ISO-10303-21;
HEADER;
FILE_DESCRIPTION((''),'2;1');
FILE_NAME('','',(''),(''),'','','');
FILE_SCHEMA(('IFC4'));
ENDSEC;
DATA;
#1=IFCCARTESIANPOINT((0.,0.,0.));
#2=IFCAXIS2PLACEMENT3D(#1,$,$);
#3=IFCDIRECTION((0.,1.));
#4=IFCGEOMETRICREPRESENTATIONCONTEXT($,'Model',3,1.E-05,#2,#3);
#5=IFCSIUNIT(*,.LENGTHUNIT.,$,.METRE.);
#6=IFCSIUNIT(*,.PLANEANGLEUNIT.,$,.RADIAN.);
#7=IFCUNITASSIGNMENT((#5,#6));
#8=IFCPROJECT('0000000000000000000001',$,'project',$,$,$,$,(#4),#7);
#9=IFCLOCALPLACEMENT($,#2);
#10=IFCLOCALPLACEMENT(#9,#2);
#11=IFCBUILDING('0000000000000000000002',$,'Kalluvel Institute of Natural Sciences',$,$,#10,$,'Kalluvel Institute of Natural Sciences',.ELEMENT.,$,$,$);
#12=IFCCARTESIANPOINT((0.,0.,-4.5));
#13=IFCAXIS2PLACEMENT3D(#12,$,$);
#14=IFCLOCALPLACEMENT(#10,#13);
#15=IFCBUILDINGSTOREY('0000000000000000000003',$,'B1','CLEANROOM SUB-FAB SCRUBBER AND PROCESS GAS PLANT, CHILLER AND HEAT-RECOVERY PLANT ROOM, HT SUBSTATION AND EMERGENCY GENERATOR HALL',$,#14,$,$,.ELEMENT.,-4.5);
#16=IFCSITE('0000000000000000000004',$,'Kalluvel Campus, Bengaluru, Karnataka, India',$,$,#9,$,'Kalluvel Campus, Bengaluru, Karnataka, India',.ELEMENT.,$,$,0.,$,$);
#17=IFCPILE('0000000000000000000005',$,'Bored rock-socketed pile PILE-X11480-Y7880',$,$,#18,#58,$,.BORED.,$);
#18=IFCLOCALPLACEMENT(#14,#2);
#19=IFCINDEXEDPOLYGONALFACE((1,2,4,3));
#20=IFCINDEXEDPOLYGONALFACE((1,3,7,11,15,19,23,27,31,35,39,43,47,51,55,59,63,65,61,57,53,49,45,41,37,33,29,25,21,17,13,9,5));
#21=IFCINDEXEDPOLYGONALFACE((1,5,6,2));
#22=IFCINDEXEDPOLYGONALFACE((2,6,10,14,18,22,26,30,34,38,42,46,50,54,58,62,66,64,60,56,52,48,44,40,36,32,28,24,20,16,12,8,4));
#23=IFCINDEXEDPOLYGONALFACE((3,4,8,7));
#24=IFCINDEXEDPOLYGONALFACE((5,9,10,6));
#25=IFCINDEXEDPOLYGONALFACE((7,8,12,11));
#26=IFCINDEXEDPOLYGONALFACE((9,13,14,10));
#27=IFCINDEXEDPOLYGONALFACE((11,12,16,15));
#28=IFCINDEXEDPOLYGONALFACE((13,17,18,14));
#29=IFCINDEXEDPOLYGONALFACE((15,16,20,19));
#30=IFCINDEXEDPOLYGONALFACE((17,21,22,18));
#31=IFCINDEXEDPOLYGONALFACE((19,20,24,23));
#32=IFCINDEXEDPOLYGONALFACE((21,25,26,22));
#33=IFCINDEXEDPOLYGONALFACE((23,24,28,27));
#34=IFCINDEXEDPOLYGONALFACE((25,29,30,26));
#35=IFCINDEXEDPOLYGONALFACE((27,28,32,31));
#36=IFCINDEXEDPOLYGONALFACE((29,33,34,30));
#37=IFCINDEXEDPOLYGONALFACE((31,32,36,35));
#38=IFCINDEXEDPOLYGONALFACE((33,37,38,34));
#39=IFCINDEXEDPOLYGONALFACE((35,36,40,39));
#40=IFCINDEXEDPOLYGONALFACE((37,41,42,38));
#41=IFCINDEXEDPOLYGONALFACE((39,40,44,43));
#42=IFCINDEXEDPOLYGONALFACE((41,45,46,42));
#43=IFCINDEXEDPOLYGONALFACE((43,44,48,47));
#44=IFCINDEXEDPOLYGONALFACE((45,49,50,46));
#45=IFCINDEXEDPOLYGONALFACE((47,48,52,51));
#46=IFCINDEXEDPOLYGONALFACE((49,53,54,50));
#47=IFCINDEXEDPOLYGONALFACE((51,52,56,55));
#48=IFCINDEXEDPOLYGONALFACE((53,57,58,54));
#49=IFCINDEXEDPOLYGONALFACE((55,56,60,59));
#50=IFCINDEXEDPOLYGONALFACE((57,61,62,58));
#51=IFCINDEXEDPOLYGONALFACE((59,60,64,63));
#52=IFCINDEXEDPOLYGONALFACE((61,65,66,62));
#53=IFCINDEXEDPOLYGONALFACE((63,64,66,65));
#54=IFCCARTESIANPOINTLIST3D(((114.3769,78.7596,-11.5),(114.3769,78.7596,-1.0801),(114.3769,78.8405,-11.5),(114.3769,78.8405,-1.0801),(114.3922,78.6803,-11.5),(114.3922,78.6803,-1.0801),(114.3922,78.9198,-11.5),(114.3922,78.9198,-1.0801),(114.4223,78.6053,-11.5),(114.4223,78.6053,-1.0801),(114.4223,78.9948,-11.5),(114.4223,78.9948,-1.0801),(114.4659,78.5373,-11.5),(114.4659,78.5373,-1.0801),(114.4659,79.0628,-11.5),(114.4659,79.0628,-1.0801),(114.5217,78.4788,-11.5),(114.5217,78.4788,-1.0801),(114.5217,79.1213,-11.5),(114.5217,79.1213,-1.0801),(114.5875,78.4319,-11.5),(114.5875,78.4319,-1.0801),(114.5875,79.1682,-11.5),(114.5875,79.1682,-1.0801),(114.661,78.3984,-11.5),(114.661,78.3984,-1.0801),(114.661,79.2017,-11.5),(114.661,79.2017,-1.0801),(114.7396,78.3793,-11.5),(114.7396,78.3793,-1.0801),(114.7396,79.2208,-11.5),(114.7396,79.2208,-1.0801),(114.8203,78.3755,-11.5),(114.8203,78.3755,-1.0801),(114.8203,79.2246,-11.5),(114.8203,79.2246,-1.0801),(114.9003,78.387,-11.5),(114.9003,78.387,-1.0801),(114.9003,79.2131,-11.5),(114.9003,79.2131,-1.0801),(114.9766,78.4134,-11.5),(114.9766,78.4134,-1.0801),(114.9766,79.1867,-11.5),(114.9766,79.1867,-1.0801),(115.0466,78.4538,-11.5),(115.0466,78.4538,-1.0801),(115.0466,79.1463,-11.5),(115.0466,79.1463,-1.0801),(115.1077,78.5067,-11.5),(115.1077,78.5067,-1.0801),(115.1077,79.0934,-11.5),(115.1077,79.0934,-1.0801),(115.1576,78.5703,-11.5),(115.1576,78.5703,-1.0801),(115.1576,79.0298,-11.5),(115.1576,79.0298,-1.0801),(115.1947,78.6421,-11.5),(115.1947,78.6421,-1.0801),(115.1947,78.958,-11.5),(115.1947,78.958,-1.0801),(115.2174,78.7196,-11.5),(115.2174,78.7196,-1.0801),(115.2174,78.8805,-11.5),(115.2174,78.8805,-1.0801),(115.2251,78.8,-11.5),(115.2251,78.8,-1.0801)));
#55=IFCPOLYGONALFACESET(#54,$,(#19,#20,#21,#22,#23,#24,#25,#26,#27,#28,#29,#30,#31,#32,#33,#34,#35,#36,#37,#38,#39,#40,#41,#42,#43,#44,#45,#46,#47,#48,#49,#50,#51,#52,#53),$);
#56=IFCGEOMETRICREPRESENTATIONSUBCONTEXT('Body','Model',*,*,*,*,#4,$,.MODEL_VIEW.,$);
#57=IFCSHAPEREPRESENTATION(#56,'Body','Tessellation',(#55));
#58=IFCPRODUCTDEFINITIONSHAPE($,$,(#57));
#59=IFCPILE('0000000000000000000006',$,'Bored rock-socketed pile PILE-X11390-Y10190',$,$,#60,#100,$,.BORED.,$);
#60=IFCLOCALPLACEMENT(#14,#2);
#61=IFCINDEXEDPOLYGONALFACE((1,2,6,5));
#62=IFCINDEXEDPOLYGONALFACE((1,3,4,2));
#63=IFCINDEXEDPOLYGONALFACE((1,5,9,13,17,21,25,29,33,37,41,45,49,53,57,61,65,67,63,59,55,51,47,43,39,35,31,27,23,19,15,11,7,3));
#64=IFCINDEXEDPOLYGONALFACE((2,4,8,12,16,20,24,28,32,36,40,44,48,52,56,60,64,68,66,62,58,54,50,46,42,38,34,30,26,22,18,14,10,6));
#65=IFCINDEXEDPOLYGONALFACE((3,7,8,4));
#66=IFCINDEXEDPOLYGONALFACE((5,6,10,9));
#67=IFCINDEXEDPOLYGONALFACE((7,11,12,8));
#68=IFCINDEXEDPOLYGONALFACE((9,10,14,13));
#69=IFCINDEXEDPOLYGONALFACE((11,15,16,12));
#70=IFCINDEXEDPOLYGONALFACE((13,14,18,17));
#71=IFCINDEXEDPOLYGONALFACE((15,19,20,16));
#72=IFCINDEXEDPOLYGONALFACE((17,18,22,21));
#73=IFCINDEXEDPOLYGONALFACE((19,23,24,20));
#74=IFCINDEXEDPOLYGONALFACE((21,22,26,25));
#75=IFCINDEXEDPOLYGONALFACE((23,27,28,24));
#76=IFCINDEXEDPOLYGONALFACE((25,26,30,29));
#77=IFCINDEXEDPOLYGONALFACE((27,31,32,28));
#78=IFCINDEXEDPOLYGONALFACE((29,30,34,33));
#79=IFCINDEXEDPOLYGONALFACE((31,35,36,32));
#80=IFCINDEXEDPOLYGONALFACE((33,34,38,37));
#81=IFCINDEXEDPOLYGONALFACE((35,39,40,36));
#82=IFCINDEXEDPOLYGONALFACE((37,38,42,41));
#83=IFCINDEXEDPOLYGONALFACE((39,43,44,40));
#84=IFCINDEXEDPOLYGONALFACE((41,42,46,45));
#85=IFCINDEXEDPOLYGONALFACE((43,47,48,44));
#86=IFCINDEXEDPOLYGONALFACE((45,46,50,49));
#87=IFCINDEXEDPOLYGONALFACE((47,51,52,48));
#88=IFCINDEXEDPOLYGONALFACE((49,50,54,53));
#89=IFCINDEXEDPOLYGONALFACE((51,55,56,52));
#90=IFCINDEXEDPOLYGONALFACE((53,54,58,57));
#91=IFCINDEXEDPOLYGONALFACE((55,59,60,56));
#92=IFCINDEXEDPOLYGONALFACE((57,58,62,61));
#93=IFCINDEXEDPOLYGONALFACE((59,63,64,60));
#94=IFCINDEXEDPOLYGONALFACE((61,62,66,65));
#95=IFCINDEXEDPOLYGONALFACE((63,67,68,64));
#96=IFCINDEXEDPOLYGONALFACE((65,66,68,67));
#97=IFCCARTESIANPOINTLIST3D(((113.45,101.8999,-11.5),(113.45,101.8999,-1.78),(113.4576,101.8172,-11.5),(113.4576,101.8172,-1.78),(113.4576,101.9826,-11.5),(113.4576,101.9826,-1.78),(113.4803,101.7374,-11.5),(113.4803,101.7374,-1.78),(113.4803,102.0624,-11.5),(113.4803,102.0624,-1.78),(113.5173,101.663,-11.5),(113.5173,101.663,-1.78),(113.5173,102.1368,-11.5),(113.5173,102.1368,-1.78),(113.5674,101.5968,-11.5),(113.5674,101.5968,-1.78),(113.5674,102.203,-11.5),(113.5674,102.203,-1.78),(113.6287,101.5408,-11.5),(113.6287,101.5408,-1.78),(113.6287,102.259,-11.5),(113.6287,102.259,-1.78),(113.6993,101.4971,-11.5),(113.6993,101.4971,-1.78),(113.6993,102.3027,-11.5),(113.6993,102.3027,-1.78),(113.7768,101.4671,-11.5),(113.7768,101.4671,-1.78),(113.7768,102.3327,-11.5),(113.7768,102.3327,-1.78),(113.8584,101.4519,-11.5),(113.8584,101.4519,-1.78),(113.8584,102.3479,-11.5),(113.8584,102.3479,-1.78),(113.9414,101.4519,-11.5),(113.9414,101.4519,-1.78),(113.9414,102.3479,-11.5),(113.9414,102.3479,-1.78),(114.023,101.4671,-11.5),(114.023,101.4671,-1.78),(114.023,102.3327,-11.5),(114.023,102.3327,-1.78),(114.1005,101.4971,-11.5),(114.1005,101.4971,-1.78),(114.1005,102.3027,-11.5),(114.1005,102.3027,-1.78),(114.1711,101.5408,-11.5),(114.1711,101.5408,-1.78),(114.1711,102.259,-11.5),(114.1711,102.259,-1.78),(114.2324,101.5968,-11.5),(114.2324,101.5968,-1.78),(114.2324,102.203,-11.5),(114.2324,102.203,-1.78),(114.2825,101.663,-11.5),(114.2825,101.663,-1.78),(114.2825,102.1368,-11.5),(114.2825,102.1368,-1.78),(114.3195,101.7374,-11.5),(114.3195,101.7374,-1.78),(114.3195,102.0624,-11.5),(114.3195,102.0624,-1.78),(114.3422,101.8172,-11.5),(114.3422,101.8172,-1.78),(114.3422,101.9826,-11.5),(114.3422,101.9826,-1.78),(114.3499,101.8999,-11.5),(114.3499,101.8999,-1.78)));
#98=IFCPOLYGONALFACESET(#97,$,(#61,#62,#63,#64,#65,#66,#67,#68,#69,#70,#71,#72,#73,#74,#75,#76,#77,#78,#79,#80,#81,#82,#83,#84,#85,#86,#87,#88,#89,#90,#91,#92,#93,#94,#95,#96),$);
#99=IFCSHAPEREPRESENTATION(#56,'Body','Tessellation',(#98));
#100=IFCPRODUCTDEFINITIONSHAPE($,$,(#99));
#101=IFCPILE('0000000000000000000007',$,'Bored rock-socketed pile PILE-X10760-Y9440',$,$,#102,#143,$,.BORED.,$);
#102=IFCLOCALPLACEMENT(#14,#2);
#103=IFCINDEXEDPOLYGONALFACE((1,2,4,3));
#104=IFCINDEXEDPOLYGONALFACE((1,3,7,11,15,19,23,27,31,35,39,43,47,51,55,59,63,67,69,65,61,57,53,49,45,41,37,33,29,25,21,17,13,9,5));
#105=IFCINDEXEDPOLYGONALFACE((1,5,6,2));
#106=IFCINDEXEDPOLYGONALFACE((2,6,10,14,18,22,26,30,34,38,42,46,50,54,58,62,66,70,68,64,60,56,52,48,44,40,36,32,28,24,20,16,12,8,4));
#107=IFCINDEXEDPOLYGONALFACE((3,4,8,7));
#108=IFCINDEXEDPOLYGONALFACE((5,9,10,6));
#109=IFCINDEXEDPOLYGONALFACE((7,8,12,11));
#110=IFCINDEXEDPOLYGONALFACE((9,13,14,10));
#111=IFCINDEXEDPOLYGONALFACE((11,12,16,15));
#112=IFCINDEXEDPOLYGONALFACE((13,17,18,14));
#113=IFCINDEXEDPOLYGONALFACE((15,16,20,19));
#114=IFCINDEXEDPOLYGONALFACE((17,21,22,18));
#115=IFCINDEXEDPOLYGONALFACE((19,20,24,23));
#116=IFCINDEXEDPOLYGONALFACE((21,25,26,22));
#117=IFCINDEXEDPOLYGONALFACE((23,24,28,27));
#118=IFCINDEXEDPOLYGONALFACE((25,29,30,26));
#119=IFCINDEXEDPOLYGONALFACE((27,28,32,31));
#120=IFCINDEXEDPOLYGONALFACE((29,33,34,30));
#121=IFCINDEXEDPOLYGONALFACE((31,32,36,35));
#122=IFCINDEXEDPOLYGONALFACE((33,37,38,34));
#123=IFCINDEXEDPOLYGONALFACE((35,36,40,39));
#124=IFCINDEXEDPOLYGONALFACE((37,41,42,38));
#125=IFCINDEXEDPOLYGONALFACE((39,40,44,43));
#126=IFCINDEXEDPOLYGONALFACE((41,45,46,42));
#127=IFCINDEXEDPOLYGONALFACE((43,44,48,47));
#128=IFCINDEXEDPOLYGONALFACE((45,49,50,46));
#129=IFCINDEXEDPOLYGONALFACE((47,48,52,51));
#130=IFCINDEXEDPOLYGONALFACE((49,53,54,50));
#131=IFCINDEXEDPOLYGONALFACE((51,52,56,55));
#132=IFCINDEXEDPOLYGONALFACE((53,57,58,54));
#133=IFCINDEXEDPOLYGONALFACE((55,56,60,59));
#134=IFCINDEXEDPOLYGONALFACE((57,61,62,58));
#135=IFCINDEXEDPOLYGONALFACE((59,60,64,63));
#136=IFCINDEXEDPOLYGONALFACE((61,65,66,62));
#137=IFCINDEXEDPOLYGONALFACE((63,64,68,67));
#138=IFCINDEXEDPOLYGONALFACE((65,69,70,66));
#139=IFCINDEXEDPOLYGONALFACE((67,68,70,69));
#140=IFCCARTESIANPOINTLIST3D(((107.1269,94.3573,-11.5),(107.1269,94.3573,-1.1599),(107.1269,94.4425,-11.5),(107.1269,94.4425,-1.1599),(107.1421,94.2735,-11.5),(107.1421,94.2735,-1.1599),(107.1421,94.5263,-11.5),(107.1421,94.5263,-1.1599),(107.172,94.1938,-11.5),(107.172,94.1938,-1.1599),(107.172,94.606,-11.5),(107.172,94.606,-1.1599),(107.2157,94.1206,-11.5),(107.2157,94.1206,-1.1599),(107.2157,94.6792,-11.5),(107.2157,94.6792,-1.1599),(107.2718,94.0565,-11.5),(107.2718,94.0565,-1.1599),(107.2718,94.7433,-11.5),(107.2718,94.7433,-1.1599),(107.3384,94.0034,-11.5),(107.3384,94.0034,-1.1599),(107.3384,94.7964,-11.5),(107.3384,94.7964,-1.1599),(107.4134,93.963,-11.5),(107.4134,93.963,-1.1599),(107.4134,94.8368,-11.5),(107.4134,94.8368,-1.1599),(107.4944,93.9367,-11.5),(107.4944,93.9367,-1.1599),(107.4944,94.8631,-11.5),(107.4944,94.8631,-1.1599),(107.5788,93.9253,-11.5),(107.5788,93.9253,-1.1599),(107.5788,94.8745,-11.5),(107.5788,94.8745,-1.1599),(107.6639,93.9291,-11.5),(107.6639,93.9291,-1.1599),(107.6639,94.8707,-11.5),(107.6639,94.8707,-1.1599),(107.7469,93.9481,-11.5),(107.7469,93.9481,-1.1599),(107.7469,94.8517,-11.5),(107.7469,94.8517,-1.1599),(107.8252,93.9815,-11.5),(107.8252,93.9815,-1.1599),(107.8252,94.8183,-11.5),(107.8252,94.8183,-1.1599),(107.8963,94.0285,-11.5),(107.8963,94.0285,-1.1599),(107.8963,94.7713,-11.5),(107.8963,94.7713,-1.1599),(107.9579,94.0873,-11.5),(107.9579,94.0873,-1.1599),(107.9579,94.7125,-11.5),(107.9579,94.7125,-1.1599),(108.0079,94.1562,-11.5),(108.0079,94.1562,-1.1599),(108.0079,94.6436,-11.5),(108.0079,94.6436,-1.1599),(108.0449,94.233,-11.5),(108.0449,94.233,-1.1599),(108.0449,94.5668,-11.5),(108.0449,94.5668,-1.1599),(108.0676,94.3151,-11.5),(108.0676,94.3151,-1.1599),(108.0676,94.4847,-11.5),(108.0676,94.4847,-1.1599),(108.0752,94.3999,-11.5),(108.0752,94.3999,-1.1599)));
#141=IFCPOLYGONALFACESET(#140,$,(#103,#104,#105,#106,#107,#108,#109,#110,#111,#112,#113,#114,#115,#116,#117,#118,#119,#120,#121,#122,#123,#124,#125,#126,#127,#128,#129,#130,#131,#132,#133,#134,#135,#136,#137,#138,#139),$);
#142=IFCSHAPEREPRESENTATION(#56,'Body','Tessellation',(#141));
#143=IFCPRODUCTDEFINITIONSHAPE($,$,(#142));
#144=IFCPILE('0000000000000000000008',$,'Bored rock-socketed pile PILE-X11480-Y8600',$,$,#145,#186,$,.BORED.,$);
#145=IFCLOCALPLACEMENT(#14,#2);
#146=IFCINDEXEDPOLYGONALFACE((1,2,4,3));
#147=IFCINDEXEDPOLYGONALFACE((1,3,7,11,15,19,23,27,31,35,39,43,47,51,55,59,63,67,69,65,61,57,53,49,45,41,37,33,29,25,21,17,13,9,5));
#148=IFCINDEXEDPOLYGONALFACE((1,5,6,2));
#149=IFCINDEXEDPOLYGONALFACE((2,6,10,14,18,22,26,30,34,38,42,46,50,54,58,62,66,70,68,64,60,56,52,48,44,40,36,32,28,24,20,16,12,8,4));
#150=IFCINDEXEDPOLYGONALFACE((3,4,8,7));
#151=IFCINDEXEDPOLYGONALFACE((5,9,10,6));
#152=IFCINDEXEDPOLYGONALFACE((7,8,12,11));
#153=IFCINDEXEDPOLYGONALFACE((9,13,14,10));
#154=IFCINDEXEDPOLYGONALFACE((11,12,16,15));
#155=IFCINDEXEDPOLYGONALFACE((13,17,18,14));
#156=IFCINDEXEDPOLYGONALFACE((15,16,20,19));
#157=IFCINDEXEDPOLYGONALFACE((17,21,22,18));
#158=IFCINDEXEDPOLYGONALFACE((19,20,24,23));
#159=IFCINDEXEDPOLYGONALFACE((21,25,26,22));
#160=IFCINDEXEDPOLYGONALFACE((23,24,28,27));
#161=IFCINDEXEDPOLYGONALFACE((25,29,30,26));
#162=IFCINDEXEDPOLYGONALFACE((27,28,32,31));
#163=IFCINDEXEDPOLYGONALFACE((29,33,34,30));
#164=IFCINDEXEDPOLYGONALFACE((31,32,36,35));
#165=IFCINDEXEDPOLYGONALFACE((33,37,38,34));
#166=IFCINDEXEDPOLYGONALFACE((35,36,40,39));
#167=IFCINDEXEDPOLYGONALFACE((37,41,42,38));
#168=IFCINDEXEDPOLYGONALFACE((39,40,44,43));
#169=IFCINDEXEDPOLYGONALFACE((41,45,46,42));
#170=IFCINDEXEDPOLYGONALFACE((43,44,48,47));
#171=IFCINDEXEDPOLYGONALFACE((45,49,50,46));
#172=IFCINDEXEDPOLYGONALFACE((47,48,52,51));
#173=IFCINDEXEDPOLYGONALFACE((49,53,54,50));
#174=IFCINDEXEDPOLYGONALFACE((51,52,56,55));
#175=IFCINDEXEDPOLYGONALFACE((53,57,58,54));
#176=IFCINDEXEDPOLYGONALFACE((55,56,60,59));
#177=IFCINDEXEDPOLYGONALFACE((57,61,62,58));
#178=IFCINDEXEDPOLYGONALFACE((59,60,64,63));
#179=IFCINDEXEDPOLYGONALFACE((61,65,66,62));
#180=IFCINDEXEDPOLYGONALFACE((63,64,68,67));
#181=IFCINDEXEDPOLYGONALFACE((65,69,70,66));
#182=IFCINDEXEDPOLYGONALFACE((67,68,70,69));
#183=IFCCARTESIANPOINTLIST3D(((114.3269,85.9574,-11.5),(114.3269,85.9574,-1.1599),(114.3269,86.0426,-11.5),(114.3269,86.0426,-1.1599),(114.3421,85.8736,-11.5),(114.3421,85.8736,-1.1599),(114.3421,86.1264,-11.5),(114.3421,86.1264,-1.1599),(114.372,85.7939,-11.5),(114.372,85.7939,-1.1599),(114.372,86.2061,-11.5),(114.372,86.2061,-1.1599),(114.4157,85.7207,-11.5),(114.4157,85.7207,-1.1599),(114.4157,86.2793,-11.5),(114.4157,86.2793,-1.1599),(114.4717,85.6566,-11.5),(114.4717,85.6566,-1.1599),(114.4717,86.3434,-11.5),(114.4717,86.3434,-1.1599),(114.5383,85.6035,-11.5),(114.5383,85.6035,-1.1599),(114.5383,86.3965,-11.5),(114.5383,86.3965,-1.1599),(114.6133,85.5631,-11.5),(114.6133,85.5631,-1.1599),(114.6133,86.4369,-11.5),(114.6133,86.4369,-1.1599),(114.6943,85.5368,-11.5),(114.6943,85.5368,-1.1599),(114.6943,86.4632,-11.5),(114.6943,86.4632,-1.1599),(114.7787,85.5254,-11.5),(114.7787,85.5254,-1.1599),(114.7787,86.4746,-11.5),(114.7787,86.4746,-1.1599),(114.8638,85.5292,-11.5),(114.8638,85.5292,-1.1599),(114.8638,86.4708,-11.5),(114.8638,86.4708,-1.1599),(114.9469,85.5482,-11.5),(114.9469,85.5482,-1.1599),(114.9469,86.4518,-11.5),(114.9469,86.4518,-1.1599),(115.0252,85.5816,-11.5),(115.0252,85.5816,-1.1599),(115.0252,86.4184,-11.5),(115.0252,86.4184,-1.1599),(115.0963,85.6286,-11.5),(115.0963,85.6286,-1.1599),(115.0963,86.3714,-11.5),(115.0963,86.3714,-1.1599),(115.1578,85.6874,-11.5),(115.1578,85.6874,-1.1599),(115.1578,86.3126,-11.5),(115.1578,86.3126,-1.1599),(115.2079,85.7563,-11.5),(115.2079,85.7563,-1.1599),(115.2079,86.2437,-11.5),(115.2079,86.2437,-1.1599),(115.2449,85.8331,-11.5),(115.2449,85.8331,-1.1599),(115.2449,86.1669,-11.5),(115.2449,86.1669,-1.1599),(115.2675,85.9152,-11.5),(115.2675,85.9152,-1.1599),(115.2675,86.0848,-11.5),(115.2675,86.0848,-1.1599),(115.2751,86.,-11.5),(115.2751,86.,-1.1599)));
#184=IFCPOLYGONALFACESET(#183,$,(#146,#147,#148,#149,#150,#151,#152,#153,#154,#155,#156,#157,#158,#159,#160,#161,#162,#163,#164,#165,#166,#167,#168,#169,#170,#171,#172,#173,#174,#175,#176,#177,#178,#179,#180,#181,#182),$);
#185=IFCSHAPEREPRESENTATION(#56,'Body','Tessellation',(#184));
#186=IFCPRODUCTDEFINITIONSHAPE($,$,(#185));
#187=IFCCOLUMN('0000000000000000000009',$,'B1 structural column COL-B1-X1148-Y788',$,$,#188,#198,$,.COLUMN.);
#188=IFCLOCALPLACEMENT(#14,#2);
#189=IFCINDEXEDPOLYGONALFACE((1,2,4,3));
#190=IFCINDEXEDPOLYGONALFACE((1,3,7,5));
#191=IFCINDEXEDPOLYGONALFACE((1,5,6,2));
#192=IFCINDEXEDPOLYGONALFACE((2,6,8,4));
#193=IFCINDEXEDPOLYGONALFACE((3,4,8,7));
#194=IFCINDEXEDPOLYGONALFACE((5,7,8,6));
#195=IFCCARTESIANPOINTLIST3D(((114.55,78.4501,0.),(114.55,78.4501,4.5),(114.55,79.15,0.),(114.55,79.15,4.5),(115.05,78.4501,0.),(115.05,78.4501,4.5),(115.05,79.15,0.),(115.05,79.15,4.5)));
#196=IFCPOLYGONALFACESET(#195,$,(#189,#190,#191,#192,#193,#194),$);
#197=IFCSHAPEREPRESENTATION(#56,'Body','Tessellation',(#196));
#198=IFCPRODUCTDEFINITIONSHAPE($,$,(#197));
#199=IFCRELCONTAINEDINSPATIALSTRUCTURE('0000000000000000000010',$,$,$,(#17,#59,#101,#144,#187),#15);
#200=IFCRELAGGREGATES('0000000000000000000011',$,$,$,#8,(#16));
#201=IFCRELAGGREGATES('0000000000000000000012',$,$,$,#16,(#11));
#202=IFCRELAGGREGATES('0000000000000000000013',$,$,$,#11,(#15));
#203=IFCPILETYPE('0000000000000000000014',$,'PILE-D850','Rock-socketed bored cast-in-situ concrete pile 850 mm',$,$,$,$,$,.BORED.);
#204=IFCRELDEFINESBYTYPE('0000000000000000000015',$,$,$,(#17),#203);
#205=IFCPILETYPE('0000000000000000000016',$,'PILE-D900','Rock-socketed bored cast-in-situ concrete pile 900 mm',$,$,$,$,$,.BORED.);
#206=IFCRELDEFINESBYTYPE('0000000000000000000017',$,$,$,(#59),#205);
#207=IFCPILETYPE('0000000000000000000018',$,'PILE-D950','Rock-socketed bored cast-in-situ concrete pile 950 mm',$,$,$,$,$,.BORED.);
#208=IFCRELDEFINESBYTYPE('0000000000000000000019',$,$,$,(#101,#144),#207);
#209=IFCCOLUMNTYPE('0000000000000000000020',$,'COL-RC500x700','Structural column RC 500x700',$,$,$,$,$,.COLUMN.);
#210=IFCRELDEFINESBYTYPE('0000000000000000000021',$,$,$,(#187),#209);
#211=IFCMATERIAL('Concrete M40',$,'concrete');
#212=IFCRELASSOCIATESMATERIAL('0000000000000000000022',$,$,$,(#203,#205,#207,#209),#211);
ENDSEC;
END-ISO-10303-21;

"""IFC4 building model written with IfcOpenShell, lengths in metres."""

from ifc_helpers import new_model, si_unit, direction, frame, origin, origin_2d, place, context, subcontext, project, spatial, rectangle, circle, extrude, material, material_profile, profile_set, type_object, element, save


model = new_model("IFC4")

# Units and contexts
model_context = context("Model", 3, precision=1e-05, world=origin(), true_north=direction((0.0, 1.0)))
body_context = subcontext(model_context, "Body", "Model", "MODEL_VIEW")
ifc_project = project(units=[si_unit("LENGTHUNIT", "METRE"), si_unit("PLANEANGLEUNIT", "RADIAN")], contexts=[model_context])

# Site, building, storey
site_placement = place(None, origin())
site = spatial("IfcSite", under=ifc_project, at=site_placement, Name="Kalluvel Campus, Bengaluru, Karnataka, India", LongName="Kalluvel Campus, Bengaluru, Karnataka, India", CompositionType="ELEMENT", RefElevation=0.0)
building_placement = place(site_placement, origin())
building = spatial("IfcBuilding", under=site, at=building_placement, Name="Kalluvel Institute of Natural Sciences", LongName="Kalluvel Institute of Natural Sciences", CompositionType="ELEMENT")
storey_placement = place(building_placement, frame((0.0, 0.0, -4.5)))
storey = spatial("IfcBuildingStorey", under=building, at=storey_placement, Name="B1", Description="CLEANROOM SUB-FAB SCRUBBER AND PROCESS GAS PLANT, CHILLER AND HEAT-RECOVERY PLANT ROOM, HT SUBSTATION AND EMERGENCY GENERATOR HALL", CompositionType="ELEMENT", Elevation=-4.5)

# Shared definitions
ifc_material_1 = material(Name="Concrete M40", Category="concrete")

# Piles
ifc_material_profile_1 = material_profile(ifc_material_1, circle(Radius=0.425, at=origin_2d()), Name="PILE D850")
ifc_profile_set_1 = profile_set([ifc_material_profile_1], Name="Concrete M40")
pile_type_1 = type_object("IfcPileType", Name="PILE-D850", Description="Rock-socketed bored cast-in-situ concrete pile 850 mm", PredefinedType="BORED", material=ifc_profile_set_1)
for number, where, z_axis, x_axis, name in (
    (1, (114.8, 78.8, -1.0801), (0.0, 0.0, -1.0), (1.0, 0.0, 0.0), "Bored rock-socketed pile PILE-X11480-Y7880"),
):
    element("IfcPile", number, at=place(storey_placement, frame(where, z_axis=z_axis, x_axis=x_axis)), inside=storey, type_object=pile_type_1, Name=name, PredefinedType="BORED", context=body_context, shape_type="SweptSolid", body=[
        extrude(circle(Radius=0.425, at=origin_2d()), origin(), (0.0, 0.0, 1.0), 10.4199),
    ])
ifc_material_profile_2 = material_profile(ifc_material_1, circle(Radius=0.45, at=origin_2d()), Name="PILE D900")
ifc_profile_set_2 = profile_set([ifc_material_profile_2], Name="Concrete M40")
pile_type_2 = type_object("IfcPileType", Name="PILE-D900", Description="Rock-socketed bored cast-in-situ concrete pile 900 mm", PredefinedType="BORED", material=ifc_profile_set_2)
pile_1_placement = place(storey_placement, frame((113.8999, 101.8999, -1.78), z_axis=(0.0, 0.0, -1.0), x_axis=(1.0, 0.0, 0.0)))
element("IfcPile", 2, at=pile_1_placement, inside=storey, type_object=pile_type_2, Name="Bored rock-socketed pile PILE-X11390-Y10190", PredefinedType="BORED", context=body_context, shape_type="SweptSolid", body=[
    extrude(circle(Radius=0.45, at=origin_2d()), origin(), (0.0, 0.0, 1.0), 9.72),
])
ifc_material_profile_3 = material_profile(ifc_material_1, circle(Radius=0.4751, at=origin_2d()), Name="PILE D950")
ifc_profile_set_3 = profile_set([ifc_material_profile_3], Name="Concrete M40")
pile_type_3 = type_object("IfcPileType", Name="PILE-D950", Description="Rock-socketed bored cast-in-situ concrete pile 950 mm", PredefinedType="BORED", material=ifc_profile_set_3)
for number, where, z_axis, x_axis, name in (
    (3, (107.6001, 94.3999, -1.1599), (0.0, 0.0, -1.0), (1.0, 0.0, 0.0), "Bored rock-socketed pile PILE-X10760-Y9440"),
    (4, (114.8, 86.0, -1.1599), (0.0, 0.0, -1.0), (1.0, 0.0, 0.0), "Bored rock-socketed pile PILE-X11480-Y8600"),
):
    element("IfcPile", number, at=place(storey_placement, frame(where, z_axis=z_axis, x_axis=x_axis)), inside=storey, type_object=pile_type_3, Name=name, PredefinedType="BORED", context=body_context, shape_type="SweptSolid", body=[
        extrude(circle(Radius=0.4751, at=origin_2d()), origin(), (0.0, 0.0, 1.0), 10.3401),
    ])

# Column
ifc_material_profile_4 = material_profile(ifc_material_1, rectangle(XDim=0.5, YDim=0.7, at=origin_2d()), Name="RC 500x700")
ifc_profile_set_4 = profile_set([ifc_material_profile_4], Name="Concrete M40")
column_type_1 = type_object("IfcColumnType", Name="COL-RC500x700", Description="Structural column RC 500x700", PredefinedType="COLUMN", material=ifc_profile_set_4)
column_1_placement = place(storey_placement, frame((114.8, 78.8, 0.0), z_axis=(0.0, 0.0, 1.0), x_axis=(1.0, 0.0, 0.0)))
element("IfcColumn", 5, at=column_1_placement, inside=storey, type_object=column_type_1, Name="B1 structural column COL-B1-X1148-Y788", PredefinedType="COLUMN", context=body_context, shape_type="SweptSolid", body=[
    extrude(rectangle(XDim=0.5, YDim=0.7, at=origin_2d()), origin(), (0.0, 0.0, 1.0), 4.5),
])

save(model, "model.ifc")
